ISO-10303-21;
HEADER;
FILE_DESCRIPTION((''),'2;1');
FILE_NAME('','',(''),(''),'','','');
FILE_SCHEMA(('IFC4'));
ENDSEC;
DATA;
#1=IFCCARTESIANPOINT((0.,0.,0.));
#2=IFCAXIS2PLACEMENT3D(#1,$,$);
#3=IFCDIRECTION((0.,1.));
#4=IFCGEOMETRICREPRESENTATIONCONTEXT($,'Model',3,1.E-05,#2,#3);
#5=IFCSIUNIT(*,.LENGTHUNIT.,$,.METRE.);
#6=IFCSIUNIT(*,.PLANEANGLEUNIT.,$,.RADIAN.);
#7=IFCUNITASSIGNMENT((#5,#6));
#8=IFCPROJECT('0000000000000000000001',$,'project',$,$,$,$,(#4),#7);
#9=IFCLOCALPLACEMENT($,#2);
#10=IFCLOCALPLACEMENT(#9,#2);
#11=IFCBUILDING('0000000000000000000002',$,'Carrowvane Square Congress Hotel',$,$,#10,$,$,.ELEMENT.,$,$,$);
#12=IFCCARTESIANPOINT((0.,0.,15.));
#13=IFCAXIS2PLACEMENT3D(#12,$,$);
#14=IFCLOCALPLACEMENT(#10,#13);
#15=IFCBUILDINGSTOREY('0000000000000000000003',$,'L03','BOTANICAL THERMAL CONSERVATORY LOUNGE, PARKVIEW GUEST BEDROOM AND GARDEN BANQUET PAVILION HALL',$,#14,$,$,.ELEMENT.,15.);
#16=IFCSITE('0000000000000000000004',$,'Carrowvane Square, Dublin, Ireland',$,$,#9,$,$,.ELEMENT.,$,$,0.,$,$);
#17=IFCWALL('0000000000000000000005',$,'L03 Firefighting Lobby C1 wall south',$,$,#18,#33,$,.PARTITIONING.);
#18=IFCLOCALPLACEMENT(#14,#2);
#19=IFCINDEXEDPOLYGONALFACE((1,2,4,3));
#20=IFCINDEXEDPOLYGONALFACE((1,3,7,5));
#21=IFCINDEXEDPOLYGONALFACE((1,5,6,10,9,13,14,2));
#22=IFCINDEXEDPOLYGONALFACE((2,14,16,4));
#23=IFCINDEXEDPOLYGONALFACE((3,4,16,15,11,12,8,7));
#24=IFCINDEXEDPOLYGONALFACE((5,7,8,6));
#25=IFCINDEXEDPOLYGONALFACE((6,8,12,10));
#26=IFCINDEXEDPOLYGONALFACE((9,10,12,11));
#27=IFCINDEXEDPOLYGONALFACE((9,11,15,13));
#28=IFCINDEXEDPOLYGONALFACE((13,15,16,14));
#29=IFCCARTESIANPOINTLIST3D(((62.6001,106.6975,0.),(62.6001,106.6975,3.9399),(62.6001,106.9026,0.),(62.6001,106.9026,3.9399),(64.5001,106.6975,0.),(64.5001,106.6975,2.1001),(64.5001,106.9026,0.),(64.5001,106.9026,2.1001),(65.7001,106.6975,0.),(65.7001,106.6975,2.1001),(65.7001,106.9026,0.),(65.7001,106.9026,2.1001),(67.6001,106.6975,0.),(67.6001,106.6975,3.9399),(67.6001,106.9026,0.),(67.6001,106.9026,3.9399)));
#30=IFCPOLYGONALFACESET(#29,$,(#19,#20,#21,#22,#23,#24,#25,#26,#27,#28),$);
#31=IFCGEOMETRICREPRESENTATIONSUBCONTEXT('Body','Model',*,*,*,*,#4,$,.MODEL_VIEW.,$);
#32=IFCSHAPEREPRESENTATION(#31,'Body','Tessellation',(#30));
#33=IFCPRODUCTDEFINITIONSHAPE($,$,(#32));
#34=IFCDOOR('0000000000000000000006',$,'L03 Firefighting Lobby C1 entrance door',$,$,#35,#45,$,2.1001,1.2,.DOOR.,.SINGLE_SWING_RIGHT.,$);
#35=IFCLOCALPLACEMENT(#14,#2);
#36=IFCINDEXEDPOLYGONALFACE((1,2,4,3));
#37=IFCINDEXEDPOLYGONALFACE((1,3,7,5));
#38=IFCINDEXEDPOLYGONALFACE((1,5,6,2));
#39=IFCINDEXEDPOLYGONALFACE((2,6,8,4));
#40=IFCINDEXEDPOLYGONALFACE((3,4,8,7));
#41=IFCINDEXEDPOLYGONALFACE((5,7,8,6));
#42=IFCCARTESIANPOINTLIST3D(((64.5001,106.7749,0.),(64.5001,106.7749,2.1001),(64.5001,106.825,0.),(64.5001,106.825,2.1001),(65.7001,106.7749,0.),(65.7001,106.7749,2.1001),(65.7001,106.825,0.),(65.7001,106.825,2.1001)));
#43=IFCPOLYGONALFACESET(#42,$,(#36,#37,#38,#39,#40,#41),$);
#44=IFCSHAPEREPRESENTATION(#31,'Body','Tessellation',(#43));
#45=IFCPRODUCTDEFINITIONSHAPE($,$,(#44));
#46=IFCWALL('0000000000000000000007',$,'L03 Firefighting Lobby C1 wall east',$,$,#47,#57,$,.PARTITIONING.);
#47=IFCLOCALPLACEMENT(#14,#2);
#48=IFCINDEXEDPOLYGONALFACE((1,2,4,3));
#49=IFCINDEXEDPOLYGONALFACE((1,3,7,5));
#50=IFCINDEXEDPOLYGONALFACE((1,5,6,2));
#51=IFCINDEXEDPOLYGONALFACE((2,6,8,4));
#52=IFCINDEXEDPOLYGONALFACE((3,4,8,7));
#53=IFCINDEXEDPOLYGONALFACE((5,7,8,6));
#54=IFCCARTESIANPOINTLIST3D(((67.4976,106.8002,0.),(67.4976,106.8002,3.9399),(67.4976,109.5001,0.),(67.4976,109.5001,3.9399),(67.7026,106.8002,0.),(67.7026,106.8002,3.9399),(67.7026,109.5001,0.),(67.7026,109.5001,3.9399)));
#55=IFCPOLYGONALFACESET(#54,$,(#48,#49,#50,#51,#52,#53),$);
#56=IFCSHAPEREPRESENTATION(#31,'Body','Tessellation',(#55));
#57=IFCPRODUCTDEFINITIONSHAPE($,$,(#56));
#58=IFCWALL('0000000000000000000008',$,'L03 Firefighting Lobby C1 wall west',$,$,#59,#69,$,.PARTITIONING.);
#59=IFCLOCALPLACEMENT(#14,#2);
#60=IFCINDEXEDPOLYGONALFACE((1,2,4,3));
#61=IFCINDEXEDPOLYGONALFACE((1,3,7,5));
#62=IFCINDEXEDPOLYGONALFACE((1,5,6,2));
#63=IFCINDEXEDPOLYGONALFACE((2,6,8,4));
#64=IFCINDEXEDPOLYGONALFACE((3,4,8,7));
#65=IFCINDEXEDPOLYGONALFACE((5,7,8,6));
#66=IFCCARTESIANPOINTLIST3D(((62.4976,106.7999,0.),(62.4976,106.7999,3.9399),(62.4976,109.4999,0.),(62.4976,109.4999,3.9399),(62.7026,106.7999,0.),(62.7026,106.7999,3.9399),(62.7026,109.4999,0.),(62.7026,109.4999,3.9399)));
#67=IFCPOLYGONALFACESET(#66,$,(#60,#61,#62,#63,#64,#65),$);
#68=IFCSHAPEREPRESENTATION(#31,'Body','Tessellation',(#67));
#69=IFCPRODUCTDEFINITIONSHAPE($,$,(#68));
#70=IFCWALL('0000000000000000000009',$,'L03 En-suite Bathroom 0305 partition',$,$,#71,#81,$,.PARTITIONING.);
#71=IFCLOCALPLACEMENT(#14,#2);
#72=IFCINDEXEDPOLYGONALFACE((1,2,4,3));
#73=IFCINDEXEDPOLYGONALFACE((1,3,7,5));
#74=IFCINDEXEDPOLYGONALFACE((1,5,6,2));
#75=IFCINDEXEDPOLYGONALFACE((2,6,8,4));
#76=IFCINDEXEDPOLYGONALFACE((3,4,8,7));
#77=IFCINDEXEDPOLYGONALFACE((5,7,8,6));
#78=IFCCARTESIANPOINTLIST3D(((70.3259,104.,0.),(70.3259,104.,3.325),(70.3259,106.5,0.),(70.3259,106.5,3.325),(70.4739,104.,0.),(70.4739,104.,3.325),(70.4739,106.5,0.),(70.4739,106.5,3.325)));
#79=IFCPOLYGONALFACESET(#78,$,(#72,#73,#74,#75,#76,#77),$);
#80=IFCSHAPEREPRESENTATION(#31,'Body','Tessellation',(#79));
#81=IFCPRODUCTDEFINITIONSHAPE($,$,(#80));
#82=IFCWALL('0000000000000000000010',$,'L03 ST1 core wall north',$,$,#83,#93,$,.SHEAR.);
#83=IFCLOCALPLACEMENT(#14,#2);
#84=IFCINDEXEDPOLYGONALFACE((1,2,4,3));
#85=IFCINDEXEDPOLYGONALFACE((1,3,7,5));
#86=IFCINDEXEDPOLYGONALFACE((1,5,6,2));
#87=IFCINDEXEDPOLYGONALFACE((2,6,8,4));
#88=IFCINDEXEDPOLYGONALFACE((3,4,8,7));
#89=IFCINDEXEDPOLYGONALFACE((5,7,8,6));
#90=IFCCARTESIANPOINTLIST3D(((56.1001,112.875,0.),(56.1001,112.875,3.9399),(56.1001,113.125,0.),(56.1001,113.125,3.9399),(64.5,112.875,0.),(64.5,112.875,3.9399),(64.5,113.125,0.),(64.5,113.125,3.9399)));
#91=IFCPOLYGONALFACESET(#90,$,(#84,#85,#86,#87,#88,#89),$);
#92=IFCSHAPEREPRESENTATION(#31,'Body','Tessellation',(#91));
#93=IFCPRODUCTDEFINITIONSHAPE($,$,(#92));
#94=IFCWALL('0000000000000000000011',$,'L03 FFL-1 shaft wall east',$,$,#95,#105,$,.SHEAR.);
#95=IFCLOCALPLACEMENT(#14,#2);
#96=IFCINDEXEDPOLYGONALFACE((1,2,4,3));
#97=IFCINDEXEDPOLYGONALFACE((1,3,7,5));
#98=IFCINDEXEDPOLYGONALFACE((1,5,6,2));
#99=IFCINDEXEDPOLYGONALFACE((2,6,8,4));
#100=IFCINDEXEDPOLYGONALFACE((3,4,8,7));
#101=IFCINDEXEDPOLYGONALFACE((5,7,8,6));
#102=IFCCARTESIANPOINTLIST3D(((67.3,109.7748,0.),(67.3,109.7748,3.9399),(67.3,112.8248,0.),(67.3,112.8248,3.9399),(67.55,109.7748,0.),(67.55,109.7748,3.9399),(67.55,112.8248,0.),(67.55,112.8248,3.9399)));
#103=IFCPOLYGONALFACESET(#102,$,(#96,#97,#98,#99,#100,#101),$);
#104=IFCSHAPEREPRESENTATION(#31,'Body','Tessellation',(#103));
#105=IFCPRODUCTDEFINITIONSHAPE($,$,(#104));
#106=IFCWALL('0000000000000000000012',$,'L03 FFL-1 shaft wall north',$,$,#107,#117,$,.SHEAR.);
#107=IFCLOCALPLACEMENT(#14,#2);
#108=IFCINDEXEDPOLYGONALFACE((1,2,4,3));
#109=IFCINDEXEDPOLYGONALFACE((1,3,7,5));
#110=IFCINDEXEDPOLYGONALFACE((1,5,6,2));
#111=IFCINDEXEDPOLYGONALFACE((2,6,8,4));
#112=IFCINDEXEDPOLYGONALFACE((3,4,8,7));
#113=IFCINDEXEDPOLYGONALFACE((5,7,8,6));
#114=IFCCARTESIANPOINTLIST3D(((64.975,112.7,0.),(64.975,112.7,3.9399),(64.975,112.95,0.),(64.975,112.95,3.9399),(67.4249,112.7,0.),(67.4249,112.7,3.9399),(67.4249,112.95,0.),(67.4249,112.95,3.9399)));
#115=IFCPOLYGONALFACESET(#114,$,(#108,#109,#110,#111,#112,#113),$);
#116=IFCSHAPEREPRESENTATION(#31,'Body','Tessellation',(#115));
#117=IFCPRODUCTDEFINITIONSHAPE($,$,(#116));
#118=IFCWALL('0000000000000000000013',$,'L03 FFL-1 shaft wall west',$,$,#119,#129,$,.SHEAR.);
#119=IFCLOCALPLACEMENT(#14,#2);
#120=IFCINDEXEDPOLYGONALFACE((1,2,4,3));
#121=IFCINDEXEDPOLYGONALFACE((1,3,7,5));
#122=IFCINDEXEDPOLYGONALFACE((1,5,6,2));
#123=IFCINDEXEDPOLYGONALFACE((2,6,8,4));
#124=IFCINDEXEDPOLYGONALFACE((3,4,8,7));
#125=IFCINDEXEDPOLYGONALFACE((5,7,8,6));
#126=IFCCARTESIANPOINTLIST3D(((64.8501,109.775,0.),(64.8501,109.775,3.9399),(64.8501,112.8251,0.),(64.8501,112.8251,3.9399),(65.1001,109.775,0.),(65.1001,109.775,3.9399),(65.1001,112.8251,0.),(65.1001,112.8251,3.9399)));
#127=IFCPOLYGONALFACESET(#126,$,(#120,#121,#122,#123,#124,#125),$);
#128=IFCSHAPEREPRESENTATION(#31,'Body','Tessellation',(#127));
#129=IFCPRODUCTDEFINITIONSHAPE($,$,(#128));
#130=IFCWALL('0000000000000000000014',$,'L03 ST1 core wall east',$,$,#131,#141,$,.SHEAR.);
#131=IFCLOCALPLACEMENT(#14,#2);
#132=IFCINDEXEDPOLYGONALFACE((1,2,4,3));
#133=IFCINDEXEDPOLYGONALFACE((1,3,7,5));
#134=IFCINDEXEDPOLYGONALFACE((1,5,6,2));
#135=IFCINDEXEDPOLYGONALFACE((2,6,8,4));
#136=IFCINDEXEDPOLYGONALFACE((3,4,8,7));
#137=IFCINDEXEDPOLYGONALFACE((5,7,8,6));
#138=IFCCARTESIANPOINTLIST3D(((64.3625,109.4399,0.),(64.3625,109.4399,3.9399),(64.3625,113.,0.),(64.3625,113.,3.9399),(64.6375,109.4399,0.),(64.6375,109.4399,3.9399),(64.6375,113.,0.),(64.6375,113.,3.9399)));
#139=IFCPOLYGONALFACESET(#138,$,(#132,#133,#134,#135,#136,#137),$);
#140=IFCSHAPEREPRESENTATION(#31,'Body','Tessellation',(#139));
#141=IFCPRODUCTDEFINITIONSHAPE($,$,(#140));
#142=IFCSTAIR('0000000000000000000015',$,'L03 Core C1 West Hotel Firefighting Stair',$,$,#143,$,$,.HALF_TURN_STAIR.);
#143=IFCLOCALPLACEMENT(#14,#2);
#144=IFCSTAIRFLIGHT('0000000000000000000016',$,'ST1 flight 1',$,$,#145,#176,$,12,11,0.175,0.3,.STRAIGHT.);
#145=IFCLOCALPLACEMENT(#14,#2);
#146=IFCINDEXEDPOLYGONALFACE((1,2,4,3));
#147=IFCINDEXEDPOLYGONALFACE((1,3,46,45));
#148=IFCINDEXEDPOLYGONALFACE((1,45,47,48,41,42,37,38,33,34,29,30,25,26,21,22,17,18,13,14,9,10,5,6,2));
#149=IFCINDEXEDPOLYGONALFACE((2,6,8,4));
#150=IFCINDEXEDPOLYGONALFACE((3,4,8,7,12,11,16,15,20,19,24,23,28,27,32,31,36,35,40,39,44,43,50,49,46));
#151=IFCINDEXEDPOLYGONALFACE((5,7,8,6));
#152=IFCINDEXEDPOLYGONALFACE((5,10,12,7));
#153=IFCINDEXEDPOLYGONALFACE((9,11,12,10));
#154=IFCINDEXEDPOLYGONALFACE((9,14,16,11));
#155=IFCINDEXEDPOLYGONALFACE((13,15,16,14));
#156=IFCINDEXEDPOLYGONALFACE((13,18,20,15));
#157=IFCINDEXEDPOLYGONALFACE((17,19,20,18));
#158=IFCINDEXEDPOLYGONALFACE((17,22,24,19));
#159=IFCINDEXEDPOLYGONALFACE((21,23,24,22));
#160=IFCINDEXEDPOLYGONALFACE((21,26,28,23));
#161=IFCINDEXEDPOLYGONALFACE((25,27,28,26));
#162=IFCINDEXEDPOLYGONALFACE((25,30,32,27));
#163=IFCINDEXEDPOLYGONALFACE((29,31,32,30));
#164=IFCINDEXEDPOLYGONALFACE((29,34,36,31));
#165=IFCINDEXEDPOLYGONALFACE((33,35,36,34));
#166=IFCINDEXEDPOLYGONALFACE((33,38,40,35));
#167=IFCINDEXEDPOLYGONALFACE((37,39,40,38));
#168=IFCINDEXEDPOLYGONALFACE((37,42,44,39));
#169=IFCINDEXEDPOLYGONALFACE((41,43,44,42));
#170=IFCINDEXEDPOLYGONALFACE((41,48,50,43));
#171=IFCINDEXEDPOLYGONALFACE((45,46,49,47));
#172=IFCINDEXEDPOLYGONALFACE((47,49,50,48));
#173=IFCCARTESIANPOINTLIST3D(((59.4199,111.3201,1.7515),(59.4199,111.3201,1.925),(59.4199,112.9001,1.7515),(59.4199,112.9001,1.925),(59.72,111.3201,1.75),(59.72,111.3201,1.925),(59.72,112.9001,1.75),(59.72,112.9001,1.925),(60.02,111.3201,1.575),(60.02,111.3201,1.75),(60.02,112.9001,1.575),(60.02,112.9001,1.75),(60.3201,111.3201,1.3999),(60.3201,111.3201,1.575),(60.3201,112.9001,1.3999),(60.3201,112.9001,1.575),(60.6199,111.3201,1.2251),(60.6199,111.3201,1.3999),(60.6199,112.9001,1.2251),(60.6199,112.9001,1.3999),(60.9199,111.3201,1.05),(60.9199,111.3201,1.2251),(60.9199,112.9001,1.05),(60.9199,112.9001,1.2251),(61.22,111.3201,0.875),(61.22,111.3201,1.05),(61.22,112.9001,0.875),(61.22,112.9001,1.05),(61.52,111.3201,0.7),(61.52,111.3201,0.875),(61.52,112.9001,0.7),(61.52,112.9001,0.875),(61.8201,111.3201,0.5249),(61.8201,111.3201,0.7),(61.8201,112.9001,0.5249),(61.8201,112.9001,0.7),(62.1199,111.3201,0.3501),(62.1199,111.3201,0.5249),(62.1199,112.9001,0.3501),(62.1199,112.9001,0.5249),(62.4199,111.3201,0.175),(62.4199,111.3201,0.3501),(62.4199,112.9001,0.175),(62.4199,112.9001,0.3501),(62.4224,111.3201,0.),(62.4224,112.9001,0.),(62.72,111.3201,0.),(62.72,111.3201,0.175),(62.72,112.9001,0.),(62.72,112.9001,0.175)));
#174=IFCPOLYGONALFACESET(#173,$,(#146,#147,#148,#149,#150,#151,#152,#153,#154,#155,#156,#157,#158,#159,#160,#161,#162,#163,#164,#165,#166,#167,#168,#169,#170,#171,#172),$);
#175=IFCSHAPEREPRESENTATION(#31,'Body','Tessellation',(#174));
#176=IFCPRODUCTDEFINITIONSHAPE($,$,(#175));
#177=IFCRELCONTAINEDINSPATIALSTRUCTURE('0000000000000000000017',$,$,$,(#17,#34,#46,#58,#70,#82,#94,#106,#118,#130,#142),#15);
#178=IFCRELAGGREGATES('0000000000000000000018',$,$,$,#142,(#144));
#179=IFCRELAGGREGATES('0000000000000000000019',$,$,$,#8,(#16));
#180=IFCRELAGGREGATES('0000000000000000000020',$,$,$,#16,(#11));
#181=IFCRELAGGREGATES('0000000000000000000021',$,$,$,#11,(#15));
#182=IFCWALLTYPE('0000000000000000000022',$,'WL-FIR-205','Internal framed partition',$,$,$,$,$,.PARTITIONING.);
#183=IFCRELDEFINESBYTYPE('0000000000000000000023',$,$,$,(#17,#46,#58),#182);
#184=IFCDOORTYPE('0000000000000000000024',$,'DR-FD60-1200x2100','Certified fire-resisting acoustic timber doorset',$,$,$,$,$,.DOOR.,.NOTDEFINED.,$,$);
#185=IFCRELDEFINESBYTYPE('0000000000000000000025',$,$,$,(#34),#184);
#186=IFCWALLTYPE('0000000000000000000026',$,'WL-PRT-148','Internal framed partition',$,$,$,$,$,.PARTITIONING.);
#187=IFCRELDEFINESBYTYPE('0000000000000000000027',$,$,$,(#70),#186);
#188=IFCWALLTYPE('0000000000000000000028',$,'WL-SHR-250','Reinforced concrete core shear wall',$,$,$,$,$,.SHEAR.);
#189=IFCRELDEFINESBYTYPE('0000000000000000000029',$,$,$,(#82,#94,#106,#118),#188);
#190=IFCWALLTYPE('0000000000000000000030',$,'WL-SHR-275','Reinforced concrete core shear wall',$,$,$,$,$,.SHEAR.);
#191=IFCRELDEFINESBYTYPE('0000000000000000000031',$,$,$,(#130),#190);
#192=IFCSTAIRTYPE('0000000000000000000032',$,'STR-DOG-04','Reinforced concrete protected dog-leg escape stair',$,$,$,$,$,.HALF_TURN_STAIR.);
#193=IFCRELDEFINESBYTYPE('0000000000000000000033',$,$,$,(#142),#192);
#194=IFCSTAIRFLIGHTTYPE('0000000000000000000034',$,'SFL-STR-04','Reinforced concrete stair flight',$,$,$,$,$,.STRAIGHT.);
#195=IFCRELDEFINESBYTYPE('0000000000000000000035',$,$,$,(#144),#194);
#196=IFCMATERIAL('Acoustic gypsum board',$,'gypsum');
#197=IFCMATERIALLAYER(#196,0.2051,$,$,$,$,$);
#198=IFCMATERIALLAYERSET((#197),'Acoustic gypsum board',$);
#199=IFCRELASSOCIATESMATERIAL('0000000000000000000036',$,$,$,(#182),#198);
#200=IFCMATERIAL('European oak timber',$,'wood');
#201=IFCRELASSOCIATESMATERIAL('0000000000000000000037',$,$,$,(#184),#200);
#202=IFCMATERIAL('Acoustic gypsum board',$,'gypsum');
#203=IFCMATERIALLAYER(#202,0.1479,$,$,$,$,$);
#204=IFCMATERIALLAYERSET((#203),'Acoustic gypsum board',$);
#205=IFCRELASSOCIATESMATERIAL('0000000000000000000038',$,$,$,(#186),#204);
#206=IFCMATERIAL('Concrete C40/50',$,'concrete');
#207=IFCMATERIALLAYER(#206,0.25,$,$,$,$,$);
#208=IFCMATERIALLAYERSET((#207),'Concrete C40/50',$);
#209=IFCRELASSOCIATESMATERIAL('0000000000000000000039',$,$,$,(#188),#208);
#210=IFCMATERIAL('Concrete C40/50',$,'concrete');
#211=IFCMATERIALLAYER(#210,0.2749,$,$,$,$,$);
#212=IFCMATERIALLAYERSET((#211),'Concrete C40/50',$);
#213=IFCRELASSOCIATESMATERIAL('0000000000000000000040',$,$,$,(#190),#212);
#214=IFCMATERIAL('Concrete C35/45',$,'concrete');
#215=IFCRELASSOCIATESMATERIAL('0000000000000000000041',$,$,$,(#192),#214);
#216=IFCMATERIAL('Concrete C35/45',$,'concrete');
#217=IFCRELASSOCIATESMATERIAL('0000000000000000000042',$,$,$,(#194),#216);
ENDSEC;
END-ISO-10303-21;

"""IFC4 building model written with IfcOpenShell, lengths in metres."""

from ifc_helpers import new_model, si_unit, direction, frame, frame_2d, origin, place, context, subcontext, project, spatial, polyline, rectangle, outline, extrude, material, layer, layer_set, type_object, element, fill, aggregate, save


model = new_model("IFC4")

# Units and contexts
model_context = context("Model", 3, precision=1e-05, world=origin(), true_north=direction((0.0, 1.0)))
body_context = subcontext(model_context, "Body", "Model", "MODEL_VIEW")
ifc_project = project(units=[si_unit("LENGTHUNIT", "METRE"), si_unit("PLANEANGLEUNIT", "RADIAN")], contexts=[model_context])

# Site, building, storey
site_placement = place(None, origin())
site = spatial("IfcSite", under=ifc_project, at=site_placement, Name="Carrowvane Square, Dublin, Ireland", CompositionType="ELEMENT", RefElevation=0.0)
building_placement = place(site_placement, origin())
building = spatial("IfcBuilding", under=site, at=building_placement, Name="Carrowvane Square Congress Hotel", CompositionType="ELEMENT")
storey_placement = place(building_placement, frame((0.0, 0.0, 15.0)))
storey = spatial("IfcBuildingStorey", under=building, at=storey_placement, Name="L03", Description="BOTANICAL THERMAL CONSERVATORY LOUNGE, PARKVIEW GUEST BEDROOM AND GARDEN BANQUET PAVILION HALL", CompositionType="ELEMENT", Elevation=15.0)

# Wall, opening, door
ifc_material_1 = material(Name="Acoustic gypsum board", Category="gypsum")
ifc_layer_1 = layer(ifc_material_1, 0.2051)
ifc_layer_set_1 = layer_set([ifc_layer_1], Name="Acoustic gypsum board")
wall_type_1 = type_object("IfcWallType", Name="WL-FIR-205", Description="Internal framed partition", PredefinedType="PARTITIONING", material=ifc_layer_set_1)
wall_1_placement = place(storey_placement, frame((62.6001, 106.8, 0.0), z_axis=(0.0, 0.0, 1.0), x_axis=(1.0, 0.0, 0.0)))
wall_1 = element("IfcWall", 1, at=wall_1_placement, inside=storey, type_object=wall_type_1, Name="L03 Firefighting Lobby C1 wall south", PredefinedType="PARTITIONING", context=body_context, shape_type="SweptSolid", body=[
    extrude(rectangle(XDim=5.0, YDim=0.2051, at=frame_2d((2.5, 0.0))), origin(), (0.0, 0.0, 1.0), 3.9399),
])
opening_1_placement = place(wall_1_placement, frame((1.8999, 0.0, 0.0)))
opening_1 = element("IfcOpeningElement", 2, at=opening_1_placement, cuts=wall_1, PredefinedType="OPENING", context=body_context, shape_type="SweptSolid", body=[
    extrude(rectangle(XDim=1.2, YDim=2.1001, at=frame_2d((0.6001, 1.05))), frame((0.0, 0.1125, 0.0), z_axis=(0.0, -1.0, 0.0), x_axis=(1.0, 0.0, 0.0)), (0.0, 0.0, 1.0), 0.2251),
])
ifc_material_2 = material(Name="European oak timber", Category="wood")
door_type_1 = type_object("IfcDoorType", Name="DR-FD60-1200x2100", Description="Certified fire-resisting acoustic timber doorset", OperationType="NOTDEFINED", PredefinedType="DOOR", material=ifc_material_2)
door_1_placement = place(opening_1_placement, origin())
door_1 = element("IfcDoor", 3, at=door_1_placement, inside=storey, type_object=door_type_1, Name="L03 Firefighting Lobby C1 entrance door", OperationType="SINGLE_SWING_RIGHT", OverallHeight=2.1001, OverallWidth=1.2, PredefinedType="DOOR", context=body_context, shape_type="SweptSolid", body=[
    extrude(rectangle(XDim=1.2, YDim=2.1001, at=frame_2d((0.6001, 1.05))), frame((0.0, 0.0249, 0.0), z_axis=(0.0, -1.0, 0.0), x_axis=(1.0, 0.0, 0.0)), (0.0, 0.0, 1.0), 0.05),
])
fill(opening_1, door_1)

# Walls
for number, where, z_axis, x_axis, name in (
    (4, (67.6001, 106.8, 0.0), (0.0, 0.0, 1.0), (0.0, 1.0, 0.0), "L03 Firefighting Lobby C1 wall east"),
    (5, (62.6001, 109.5, 0.0), (0.0, 0.0, 1.0), (0.0, -1.0, 0.0), "L03 Firefighting Lobby C1 wall west"),
):
    element("IfcWall", number, at=place(storey_placement, frame(where, z_axis=z_axis, x_axis=x_axis)), inside=storey, type_object=wall_type_1, Name=name, PredefinedType="PARTITIONING", context=body_context, shape_type="SweptSolid", body=[
        extrude(rectangle(XDim=2.7, YDim=0.2051, at=frame_2d((1.3501, 0.0))), origin(), (0.0, 0.0, 1.0), 3.9399),
    ])
ifc_material_3 = material(Name="Acoustic gypsum board", Category="gypsum")
ifc_layer_2 = layer(ifc_material_3, 0.1479)
ifc_layer_set_2 = layer_set([ifc_layer_2], Name="Acoustic gypsum board")
wall_type_2 = type_object("IfcWallType", Name="WL-PRT-148", Description="Internal framed partition", PredefinedType="PARTITIONING", material=ifc_layer_set_2)
wall_2_placement = place(storey_placement, frame((70.3999, 106.5, 0.0), z_axis=(0.0, 0.0, 1.0), x_axis=(0.0, -1.0, 0.0)))
element("IfcWall", 6, at=wall_2_placement, inside=storey, type_object=wall_type_2, Name="L03 En-suite Bathroom 0305 partition", PredefinedType="PARTITIONING", context=body_context, shape_type="SweptSolid", body=[
    extrude(rectangle(XDim=2.5, YDim=0.1479, at=frame_2d((1.25, 0.0))), origin(), (0.0, 0.0, 1.0), 3.325),
])
ifc_material_4 = material(Name="Concrete C40/50", Category="concrete")
ifc_layer_3 = layer(ifc_material_4, 0.25)
ifc_layer_set_3 = layer_set([ifc_layer_3], Name="Concrete C40/50")
wall_type_3 = type_object("IfcWallType", Name="WL-SHR-250", Description="Reinforced concrete core shear wall", PredefinedType="SHEAR", material=ifc_layer_set_3)
wall_3_placement = place(storey_placement, frame((64.5, 113.0, 0.0), z_axis=(0.0, 0.0, 1.0), x_axis=(-1.0, 0.0, 0.0)))
element("IfcWall", 7, at=wall_3_placement, inside=storey, type_object=wall_type_3, Name="L03 ST1 core wall north", PredefinedType="SHEAR", context=body_context, shape_type="SweptSolid", body=[
    extrude(rectangle(XDim=8.3999, YDim=0.25, at=frame_2d((4.2, 0.0))), origin(), (0.0, 0.0, 1.0), 3.9399),
])

# Walls
wall_4_placement = place(storey_placement, frame((67.425, 109.7749, 0.0), z_axis=(0.0, 0.0, 1.0), x_axis=(0.0, 1.0, 0.0)))
element("IfcWall", 8, at=wall_4_placement, inside=storey, type_object=wall_type_3, Name="L03 FFL-1 shaft wall east", PredefinedType="SHEAR", context=body_context, shape_type="SweptSolid", body=[
    extrude(rectangle(XDim=3.05, YDim=0.25, at=frame_2d((1.5249, 0.0))), origin(), (0.0, 0.0, 1.0), 3.9399),
])
wall_5_placement = place(storey_placement, frame((67.425, 112.825, 0.0), z_axis=(0.0, 0.0, 1.0), x_axis=(-1.0, 0.0, 0.0)))
element("IfcWall", 9, at=wall_5_placement, inside=storey, type_object=wall_type_3, Name="L03 FFL-1 shaft wall north", PredefinedType="SHEAR", context=body_context, shape_type="SweptSolid", body=[
    extrude(rectangle(XDim=2.45, YDim=0.25, at=frame_2d((1.2251, 0.0))), origin(), (0.0, 0.0, 1.0), 3.9399),
])
wall_6_placement = place(storey_placement, frame((64.9751, 112.825, 0.0), z_axis=(0.0, 0.0, 1.0), x_axis=(0.0, -1.0, 0.0)))
element("IfcWall", 10, at=wall_6_placement, inside=storey, type_object=wall_type_3, Name="L03 FFL-1 shaft wall west", PredefinedType="SHEAR", context=body_context, shape_type="SweptSolid", body=[
    extrude(rectangle(XDim=3.05, YDim=0.25, at=frame_2d((1.5249, 0.0))), origin(), (0.0, 0.0, 1.0), 3.9399),
])
ifc_material_5 = material(Name="Concrete C40/50", Category="concrete")
ifc_layer_4 = layer(ifc_material_5, 0.2749)
ifc_layer_set_4 = layer_set([ifc_layer_4], Name="Concrete C40/50")
wall_type_4 = type_object("IfcWallType", Name="WL-SHR-275", Description="Reinforced concrete core shear wall", PredefinedType="SHEAR", material=ifc_layer_set_4)
wall_7_placement = place(storey_placement, frame((64.5, 109.4399, 0.0), z_axis=(0.0, 0.0, 1.0), x_axis=(0.0, 1.0, 0.0)))
element("IfcWall", 11, at=wall_7_placement, inside=storey, type_object=wall_type_4, Name="L03 ST1 core wall east", PredefinedType="SHEAR", context=body_context, shape_type="SweptSolid", body=[
    extrude(rectangle(XDim=3.5601, YDim=0.2749, at=frame_2d((1.78, 0.0))), origin(), (0.0, 0.0, 1.0), 3.9399),
])

# Stair, stair flight
ifc_material_6 = material(Name="Concrete C35/45", Category="concrete")
stair_type = type_object("IfcStairType", Name="STR-DOG-04", Description="Reinforced concrete protected dog-leg escape stair", PredefinedType="HALF_TURN_STAIR", material=ifc_material_6)
stair_placement = place(storey_placement, origin())
stair = element("IfcStair", 12, at=stair_placement, inside=storey, type_object=stair_type, Name="L03 Core C1 West Hotel Firefighting Stair", PredefinedType="HALF_TURN_STAIR")
ifc_material_7 = material(Name="Concrete C35/45", Category="concrete")
stair_flight_type = type_object("IfcStairFlightType", Name="SFL-STR-04", Description="Reinforced concrete stair flight", PredefinedType="STRAIGHT", material=ifc_material_7)
stair_flight_1_placement = place(storey_placement, frame((62.72, 112.1101, 0.0), z_axis=(0.0, 0.0, 1.0), x_axis=(-1.0, 0.0, 0.0)))
stair_flight_1 = element("IfcStairFlight", 13, at=stair_flight_1_placement, type_object=stair_flight_type, Name="ST1 flight 1", NumberOfRisers=12, NumberOfTreads=11, PredefinedType="STRAIGHT", RiserHeight=0.175, TreadLength=0.3, context=body_context, shape_type="SweptSolid", body=[
    extrude(outline(polyline([(0.0, 0.0), (0.0, 0.175), (0.3, 0.175), (0.3, 0.3501), (0.6001, 0.3501), (0.6001, 0.5249), (0.8999, 0.5249), (0.8999, 0.7), (1.2, 0.7), (1.2, 0.875), (1.5, 0.875), (1.5, 1.05), (1.8, 1.05), (1.8, 1.2251), (2.1001, 1.2251), (2.1001, 1.3999), (2.3999, 1.3999), (2.3999, 1.575), (2.7, 1.575), (2.7, 1.75), (3.0, 1.75), (3.0, 1.925), (3.3, 1.925), (3.3, 2.1001), (3.3, 1.7515), (0.2976, 0.0), (0.0, 0.0)])), frame((0.0, 0.79, 0.0), z_axis=(0.0, -1.0, 0.0), x_axis=(1.0, 0.0, 0.0)), (0.0, 0.0, 1.0), 1.5801),
])
aggregate(stair, [stair_flight_1])

save(model, "model.ifc")
